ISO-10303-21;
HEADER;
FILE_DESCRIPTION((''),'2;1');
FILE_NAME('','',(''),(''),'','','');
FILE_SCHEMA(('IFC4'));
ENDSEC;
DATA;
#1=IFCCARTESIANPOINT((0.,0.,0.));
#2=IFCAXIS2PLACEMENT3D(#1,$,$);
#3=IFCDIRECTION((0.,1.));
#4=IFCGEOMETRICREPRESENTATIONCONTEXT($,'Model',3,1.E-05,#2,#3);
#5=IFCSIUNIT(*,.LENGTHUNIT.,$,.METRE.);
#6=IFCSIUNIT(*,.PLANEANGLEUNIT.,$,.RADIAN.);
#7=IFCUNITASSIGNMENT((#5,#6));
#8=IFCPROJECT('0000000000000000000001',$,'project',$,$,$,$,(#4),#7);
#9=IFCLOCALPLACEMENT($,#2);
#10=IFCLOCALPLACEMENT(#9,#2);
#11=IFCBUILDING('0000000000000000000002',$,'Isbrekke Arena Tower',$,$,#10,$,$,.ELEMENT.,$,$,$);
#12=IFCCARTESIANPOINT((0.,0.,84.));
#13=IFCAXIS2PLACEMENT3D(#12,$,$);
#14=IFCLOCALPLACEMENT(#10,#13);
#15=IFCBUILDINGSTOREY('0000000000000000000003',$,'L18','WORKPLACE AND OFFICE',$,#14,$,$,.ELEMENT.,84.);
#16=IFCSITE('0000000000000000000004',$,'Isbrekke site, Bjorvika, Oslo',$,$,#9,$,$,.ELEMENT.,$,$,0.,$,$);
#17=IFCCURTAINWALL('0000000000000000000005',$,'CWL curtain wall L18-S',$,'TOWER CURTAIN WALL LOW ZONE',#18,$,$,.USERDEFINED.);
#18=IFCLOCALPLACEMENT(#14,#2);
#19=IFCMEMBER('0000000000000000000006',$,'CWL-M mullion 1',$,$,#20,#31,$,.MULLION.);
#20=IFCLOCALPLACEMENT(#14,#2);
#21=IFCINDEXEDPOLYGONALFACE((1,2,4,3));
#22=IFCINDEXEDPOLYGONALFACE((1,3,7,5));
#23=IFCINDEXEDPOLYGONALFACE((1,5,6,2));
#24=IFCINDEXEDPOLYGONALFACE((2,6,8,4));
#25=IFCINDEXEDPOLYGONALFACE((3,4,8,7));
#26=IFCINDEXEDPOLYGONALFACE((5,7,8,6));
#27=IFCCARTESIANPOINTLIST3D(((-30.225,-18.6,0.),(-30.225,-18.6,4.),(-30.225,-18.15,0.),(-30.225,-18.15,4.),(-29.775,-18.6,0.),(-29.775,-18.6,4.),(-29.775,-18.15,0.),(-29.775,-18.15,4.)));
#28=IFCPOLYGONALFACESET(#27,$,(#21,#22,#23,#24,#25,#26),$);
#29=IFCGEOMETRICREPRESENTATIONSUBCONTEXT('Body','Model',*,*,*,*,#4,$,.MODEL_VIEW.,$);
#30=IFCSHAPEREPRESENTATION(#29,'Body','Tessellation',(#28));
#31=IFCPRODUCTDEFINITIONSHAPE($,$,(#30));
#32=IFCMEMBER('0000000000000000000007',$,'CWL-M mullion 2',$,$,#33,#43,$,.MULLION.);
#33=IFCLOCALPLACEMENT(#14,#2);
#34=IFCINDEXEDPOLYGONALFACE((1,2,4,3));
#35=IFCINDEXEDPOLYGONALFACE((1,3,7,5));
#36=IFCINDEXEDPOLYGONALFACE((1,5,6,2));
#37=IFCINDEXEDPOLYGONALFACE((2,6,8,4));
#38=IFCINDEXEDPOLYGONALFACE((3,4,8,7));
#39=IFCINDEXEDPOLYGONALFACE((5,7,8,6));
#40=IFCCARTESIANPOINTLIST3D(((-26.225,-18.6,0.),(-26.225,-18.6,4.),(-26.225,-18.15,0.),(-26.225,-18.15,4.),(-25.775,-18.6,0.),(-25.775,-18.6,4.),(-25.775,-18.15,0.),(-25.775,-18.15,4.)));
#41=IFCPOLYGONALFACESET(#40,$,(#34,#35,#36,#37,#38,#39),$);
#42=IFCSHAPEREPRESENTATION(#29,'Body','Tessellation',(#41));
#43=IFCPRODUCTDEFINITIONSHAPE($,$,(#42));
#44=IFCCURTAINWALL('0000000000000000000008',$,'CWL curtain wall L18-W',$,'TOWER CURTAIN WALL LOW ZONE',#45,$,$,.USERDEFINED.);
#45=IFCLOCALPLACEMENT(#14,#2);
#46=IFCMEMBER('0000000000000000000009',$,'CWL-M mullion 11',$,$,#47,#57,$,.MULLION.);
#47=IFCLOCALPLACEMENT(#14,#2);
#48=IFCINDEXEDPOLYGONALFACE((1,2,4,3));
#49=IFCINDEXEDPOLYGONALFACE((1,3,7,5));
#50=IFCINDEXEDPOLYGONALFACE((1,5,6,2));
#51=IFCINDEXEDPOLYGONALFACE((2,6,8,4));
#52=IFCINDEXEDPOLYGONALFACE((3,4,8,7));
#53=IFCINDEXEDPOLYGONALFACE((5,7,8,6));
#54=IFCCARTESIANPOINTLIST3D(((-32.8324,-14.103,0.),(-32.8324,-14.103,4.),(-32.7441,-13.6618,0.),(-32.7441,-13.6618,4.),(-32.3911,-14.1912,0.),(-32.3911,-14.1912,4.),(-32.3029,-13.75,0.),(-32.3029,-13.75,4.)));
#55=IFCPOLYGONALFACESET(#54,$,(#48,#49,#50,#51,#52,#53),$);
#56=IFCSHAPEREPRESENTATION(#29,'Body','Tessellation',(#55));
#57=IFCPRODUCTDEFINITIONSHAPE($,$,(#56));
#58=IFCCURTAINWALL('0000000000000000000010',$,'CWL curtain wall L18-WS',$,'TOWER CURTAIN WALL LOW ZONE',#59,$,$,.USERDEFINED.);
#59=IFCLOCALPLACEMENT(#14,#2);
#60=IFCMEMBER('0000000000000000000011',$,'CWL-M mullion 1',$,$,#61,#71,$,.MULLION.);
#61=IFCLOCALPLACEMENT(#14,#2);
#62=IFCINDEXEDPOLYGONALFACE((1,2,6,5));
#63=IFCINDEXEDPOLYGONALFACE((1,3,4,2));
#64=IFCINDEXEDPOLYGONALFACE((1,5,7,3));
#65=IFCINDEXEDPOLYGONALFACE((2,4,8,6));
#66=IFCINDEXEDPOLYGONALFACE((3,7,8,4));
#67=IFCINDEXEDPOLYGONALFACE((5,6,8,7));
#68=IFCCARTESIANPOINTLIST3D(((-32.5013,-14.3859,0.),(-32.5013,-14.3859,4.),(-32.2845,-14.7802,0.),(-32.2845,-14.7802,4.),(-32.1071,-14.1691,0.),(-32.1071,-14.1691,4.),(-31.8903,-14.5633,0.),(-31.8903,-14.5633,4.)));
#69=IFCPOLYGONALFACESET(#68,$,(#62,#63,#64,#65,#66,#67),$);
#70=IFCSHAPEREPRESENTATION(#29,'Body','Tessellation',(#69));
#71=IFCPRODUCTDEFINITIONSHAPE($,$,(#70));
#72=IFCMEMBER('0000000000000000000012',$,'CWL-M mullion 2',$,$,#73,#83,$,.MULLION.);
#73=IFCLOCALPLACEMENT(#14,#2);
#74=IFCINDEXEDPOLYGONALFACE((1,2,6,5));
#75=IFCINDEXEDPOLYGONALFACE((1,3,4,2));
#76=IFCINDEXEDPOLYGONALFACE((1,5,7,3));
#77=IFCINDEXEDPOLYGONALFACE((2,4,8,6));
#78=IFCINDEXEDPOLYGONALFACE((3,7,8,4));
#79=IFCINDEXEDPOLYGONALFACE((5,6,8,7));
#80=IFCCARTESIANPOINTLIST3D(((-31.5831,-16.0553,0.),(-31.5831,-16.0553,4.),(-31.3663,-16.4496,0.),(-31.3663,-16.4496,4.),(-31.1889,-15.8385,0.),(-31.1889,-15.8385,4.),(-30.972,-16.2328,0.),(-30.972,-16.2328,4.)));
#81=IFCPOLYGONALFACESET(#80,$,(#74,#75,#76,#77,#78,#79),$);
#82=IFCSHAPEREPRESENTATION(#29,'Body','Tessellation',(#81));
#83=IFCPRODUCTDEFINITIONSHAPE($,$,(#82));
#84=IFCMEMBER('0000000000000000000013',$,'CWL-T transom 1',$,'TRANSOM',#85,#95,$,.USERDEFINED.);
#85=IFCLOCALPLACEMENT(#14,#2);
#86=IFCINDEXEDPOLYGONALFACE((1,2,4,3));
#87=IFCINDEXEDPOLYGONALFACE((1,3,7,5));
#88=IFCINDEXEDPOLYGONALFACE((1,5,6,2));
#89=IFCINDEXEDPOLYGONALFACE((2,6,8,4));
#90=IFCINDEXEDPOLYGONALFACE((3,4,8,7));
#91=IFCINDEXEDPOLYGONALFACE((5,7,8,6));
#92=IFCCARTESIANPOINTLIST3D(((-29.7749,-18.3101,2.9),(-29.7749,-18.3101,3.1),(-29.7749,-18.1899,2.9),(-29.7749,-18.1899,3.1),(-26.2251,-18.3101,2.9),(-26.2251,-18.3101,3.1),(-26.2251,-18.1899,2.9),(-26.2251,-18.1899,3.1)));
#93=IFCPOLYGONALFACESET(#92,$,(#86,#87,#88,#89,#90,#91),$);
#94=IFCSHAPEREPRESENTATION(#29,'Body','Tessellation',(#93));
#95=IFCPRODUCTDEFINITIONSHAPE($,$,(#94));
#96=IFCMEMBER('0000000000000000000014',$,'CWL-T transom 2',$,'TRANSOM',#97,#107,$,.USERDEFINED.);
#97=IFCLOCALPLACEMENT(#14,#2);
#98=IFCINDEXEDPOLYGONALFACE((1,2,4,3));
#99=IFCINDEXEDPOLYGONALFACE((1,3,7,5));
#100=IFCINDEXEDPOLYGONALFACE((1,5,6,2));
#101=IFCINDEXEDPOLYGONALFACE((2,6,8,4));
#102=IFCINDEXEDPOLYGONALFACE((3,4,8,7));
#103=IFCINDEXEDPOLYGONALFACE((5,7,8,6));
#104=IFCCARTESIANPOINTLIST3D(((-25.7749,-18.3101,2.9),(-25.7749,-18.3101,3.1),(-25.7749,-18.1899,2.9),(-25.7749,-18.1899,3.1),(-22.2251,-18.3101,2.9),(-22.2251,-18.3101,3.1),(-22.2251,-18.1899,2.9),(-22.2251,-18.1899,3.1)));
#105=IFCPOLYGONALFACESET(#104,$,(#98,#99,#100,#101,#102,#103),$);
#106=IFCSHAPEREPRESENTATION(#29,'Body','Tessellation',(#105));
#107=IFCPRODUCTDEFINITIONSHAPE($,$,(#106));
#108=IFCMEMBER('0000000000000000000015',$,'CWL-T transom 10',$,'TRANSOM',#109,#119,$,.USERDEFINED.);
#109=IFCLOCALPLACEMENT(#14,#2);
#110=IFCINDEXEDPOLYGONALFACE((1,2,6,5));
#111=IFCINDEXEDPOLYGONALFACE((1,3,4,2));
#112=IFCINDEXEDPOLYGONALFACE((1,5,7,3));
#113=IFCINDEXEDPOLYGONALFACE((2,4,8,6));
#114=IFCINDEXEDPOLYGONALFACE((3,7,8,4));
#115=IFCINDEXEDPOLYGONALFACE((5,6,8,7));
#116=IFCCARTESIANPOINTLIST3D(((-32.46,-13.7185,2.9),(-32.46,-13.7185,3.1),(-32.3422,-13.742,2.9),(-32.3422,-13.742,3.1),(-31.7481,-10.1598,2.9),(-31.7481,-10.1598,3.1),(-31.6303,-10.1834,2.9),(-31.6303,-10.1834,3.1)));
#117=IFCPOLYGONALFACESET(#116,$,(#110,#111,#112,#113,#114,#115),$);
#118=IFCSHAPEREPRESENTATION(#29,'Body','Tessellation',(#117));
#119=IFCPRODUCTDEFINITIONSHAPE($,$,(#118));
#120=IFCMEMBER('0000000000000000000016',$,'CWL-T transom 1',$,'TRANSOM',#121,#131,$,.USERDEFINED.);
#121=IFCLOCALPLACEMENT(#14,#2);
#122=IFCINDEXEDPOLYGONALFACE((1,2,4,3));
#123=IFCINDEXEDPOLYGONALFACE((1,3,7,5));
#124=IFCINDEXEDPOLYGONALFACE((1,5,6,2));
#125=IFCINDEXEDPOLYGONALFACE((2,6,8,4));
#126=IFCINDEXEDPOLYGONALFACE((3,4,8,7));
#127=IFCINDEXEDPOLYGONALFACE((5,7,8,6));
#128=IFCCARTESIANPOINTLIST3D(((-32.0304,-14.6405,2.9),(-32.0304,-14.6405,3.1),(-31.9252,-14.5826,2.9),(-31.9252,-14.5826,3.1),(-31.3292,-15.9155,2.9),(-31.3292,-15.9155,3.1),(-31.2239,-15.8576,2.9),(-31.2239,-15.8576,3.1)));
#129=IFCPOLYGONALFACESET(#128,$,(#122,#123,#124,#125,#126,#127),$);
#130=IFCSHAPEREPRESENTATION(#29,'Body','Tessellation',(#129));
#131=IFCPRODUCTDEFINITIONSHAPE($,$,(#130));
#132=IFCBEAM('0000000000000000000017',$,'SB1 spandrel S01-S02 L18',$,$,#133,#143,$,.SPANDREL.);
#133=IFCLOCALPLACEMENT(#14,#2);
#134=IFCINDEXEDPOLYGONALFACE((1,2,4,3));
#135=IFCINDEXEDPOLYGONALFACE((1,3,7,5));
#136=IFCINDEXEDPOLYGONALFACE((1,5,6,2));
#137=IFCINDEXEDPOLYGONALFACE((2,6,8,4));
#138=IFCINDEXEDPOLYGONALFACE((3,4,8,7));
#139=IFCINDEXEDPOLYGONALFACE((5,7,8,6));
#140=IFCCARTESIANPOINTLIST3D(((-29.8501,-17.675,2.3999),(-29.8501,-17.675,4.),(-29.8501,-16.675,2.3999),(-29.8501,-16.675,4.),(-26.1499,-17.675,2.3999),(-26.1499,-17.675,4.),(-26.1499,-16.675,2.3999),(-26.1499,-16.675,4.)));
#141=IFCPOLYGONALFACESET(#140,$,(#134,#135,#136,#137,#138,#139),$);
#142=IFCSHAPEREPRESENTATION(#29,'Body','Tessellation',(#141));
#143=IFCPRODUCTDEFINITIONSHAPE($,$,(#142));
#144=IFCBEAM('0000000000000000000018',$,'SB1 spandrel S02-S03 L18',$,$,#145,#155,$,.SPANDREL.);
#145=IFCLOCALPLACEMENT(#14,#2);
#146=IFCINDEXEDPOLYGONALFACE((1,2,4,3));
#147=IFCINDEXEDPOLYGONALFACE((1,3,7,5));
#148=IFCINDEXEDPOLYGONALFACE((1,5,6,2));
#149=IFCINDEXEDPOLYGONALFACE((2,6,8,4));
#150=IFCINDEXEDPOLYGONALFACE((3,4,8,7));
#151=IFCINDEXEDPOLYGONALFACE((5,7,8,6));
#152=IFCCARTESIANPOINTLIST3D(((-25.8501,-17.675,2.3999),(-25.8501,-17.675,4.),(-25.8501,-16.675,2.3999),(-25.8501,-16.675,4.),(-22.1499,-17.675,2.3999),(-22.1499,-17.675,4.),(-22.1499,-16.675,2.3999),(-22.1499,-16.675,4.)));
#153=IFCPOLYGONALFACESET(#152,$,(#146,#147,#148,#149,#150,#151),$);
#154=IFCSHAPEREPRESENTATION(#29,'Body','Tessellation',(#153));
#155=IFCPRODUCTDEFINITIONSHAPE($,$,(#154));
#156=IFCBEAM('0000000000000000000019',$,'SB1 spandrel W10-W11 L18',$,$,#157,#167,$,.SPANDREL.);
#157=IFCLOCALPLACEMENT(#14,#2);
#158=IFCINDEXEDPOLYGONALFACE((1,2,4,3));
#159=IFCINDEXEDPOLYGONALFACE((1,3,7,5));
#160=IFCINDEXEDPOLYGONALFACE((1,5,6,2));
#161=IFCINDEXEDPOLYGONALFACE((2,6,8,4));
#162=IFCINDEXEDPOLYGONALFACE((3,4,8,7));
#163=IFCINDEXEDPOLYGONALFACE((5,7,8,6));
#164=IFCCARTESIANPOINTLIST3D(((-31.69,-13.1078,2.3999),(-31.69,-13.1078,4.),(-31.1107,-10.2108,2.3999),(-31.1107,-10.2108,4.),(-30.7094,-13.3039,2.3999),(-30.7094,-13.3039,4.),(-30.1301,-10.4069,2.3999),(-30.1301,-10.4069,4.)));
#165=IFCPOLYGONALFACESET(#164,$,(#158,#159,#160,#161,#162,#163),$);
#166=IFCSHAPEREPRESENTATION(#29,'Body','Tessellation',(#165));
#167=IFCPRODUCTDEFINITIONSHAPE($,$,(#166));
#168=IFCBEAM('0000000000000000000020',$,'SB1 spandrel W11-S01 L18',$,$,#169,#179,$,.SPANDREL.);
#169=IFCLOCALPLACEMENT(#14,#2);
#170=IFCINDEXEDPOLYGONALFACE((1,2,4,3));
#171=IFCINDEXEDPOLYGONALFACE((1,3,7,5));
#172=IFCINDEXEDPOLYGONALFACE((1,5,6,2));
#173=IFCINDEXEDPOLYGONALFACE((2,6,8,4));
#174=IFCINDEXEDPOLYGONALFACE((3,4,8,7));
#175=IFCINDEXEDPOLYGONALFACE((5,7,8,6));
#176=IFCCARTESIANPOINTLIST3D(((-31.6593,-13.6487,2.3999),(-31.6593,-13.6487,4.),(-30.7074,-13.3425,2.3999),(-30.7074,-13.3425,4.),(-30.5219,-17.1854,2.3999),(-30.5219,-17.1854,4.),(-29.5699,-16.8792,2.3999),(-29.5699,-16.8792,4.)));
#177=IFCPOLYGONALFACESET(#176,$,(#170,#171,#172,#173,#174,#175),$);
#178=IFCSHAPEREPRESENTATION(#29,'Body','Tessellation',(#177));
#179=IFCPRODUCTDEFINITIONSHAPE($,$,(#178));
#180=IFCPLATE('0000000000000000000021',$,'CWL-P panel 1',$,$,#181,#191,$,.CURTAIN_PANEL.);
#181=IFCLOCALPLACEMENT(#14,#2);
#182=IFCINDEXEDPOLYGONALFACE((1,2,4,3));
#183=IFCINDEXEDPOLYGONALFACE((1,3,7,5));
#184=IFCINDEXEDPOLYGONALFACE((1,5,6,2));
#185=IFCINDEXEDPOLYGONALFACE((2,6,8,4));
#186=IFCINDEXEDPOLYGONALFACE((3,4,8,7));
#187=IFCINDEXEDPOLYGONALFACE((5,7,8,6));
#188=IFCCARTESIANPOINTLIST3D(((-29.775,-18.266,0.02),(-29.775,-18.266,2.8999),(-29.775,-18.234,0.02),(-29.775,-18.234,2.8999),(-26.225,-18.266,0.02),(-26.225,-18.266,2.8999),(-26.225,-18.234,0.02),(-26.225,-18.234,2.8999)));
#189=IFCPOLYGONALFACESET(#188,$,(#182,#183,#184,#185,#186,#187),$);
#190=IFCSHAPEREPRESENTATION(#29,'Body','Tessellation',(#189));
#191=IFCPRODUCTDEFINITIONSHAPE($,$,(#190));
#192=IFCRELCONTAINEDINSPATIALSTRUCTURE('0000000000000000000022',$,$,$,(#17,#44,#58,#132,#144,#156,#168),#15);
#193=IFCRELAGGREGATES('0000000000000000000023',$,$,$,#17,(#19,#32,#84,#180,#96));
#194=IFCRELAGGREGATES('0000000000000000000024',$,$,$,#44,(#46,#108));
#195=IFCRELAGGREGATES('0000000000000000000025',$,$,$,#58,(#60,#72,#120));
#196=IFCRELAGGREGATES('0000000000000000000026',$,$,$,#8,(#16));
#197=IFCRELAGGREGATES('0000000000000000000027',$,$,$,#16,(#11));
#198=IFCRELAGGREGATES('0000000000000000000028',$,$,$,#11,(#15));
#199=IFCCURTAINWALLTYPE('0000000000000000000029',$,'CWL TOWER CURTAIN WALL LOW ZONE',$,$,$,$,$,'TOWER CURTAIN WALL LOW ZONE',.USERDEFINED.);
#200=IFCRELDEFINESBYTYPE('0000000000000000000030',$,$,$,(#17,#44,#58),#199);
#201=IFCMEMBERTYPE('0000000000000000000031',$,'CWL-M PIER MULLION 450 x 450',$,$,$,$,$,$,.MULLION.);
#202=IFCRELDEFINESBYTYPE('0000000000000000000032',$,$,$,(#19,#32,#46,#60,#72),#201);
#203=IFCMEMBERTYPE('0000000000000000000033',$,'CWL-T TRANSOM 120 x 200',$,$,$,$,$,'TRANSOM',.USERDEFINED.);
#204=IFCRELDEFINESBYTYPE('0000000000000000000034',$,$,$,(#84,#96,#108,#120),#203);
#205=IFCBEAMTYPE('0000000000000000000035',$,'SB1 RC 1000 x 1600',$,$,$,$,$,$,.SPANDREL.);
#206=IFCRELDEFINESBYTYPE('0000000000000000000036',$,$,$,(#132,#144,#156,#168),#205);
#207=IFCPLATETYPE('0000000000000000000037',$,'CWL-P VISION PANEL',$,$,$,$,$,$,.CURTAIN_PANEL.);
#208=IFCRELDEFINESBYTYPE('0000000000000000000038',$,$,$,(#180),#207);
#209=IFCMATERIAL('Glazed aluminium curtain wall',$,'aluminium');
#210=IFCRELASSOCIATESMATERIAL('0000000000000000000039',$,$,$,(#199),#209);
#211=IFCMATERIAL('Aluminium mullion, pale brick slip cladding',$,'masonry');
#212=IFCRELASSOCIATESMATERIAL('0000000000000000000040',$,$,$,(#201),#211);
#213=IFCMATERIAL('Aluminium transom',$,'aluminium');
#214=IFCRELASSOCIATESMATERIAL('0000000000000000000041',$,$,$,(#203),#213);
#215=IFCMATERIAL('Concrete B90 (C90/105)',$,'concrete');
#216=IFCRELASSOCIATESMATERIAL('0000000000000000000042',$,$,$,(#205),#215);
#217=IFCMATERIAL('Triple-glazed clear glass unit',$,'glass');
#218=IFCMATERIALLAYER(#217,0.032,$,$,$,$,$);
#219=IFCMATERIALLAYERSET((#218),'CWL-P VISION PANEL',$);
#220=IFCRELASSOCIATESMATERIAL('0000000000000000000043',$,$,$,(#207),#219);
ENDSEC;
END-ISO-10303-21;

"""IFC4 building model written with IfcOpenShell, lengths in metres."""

from ifc_helpers import new_model, si_unit, direction, frame, origin, origin_2d, place, context, subcontext, project, spatial, rectangle, extrude, material, layer, layer_set, material_profile, profile_set, type_object, element, aggregate, save


model = new_model("IFC4")

# Units and contexts
model_context = context("Model", 3, precision=1e-05, world=origin(), true_north=direction((0.0, 1.0)))
body_context = subcontext(model_context, "Body", "Model", "MODEL_VIEW")
ifc_project = project(units=[si_unit("LENGTHUNIT", "METRE"), si_unit("PLANEANGLEUNIT", "RADIAN")], contexts=[model_context])

# Site, building, storey
site_placement = place(None, origin())
site = spatial("IfcSite", under=ifc_project, at=site_placement, Name="Isbrekke site, Bjorvika, Oslo", CompositionType="ELEMENT", RefElevation=0.0)
building_placement = place(site_placement, origin())
building = spatial("IfcBuilding", under=site, at=building_placement, Name="Isbrekke Arena Tower", CompositionType="ELEMENT")
storey_placement = place(building_placement, frame((0.0, 0.0, 84.0)))
storey = spatial("IfcBuildingStorey", under=building, at=storey_placement, Name="L18", Description="WORKPLACE AND OFFICE", CompositionType="ELEMENT", Elevation=84.0)

# Curtain wall, members
ifc_material_1 = material(Name="Glazed aluminium curtain wall", Category="aluminium")
curtain_wall_type = type_object("IfcCurtainWallType", Name="CWL TOWER CURTAIN WALL LOW ZONE", ElementType="TOWER CURTAIN WALL LOW ZONE", PredefinedType="USERDEFINED", material=ifc_material_1)
curtain_wall_1_placement = place(storey_placement, origin())
curtain_wall_1 = element("IfcCurtainWall", 1, at=curtain_wall_1_placement, inside=storey, type_object=curtain_wall_type, Name="CWL curtain wall L18-S", ObjectType="TOWER CURTAIN WALL LOW ZONE", PredefinedType="USERDEFINED")
ifc_material_2 = material(Name="Aluminium mullion, pale brick slip cladding", Category="masonry")
ifc_material_profile_1 = material_profile(ifc_material_2, rectangle(XDim=0.45, YDim=0.45, at=origin_2d()), Name="PIER 450X450")
ifc_profile_set_1 = profile_set([ifc_material_profile_1], Name="Aluminium mullion, pale brick slip cladding")
member_type_1 = type_object("IfcMemberType", Name="CWL-M PIER MULLION 450 x 450", PredefinedType="MULLION", material=ifc_profile_set_1)
member_1_placement = place(storey_placement, frame((-30.0, -18.375, 0.0), z_axis=(0.0, 0.0, 1.0), x_axis=(1.0, 0.0, 0.0)))
member_1 = element("IfcMember", 2, at=member_1_placement, type_object=member_type_1, Name="CWL-M mullion 1", PredefinedType="MULLION", context=body_context, shape_type="SweptSolid", body=[
    extrude(rectangle(XDim=0.45, YDim=0.45, at=origin_2d()), origin(), (0.0, 0.0, 1.0), 4.0),
])
member_2_placement = place(storey_placement, frame((-26.0, -18.375, 0.0), z_axis=(0.0, 0.0, 1.0), x_axis=(1.0, 0.0, 0.0)))
member_2 = element("IfcMember", 3, at=member_2_placement, type_object=member_type_1, Name="CWL-M mullion 2", PredefinedType="MULLION", context=body_context, shape_type="SweptSolid", body=[
    extrude(rectangle(XDim=0.45, YDim=0.45, at=origin_2d()), origin(), (0.0, 0.0, 1.0), 4.0),
])

# Curtain wall, member
curtain_wall_2_placement = place(storey_placement, origin())
curtain_wall_2 = element("IfcCurtainWall", 4, at=curtain_wall_2_placement, inside=storey, type_object=curtain_wall_type, Name="CWL curtain wall L18-W", ObjectType="TOWER CURTAIN WALL LOW ZONE", PredefinedType="USERDEFINED")
member_3_placement = place(storey_placement, frame((-32.5676, -13.9265, 0.0), z_axis=(0.0, 0.0, 1.0), x_axis=(-0.196116, -0.980581, 0.0)))
member_3 = element("IfcMember", 5, at=member_3_placement, type_object=member_type_1, Name="CWL-M mullion 11", PredefinedType="MULLION", context=body_context, shape_type="SweptSolid", body=[
    extrude(rectangle(XDim=0.45, YDim=0.45, at=origin_2d()), origin(), (0.0, 0.0, 1.0), 4.0),
])

# Curtain wall, members
curtain_wall_3_placement = place(storey_placement, origin())
curtain_wall_3 = element("IfcCurtainWall", 6, at=curtain_wall_3_placement, inside=storey, type_object=curtain_wall_type, Name="CWL curtain wall L18-WS", ObjectType="TOWER CURTAIN WALL LOW ZONE", PredefinedType="USERDEFINED")
member_4_placement = place(storey_placement, frame((-32.1958, -14.4746, 0.0), z_axis=(0.0, 0.0, 1.0), x_axis=(0.481919, -0.876216, 0.0)))
member_4 = element("IfcMember", 7, at=member_4_placement, type_object=member_type_1, Name="CWL-M mullion 1", PredefinedType="MULLION", context=body_context, shape_type="SweptSolid", body=[
    extrude(rectangle(XDim=0.45, YDim=0.45, at=origin_2d()), origin(), (0.0, 0.0, 1.0), 4.0),
])
member_5_placement = place(storey_placement, frame((-31.2776, -16.144, 0.0), z_axis=(0.0, 0.0, 1.0), x_axis=(0.481919, -0.876216, 0.0)))
member_5 = element("IfcMember", 8, at=member_5_placement, type_object=member_type_1, Name="CWL-M mullion 2", PredefinedType="MULLION", context=body_context, shape_type="SweptSolid", body=[
    extrude(rectangle(XDim=0.45, YDim=0.45, at=origin_2d()), origin(), (0.0, 0.0, 1.0), 4.0),
])

# Members
ifc_material_3 = material(Name="Aluminium transom", Category="aluminium")
ifc_material_profile_2 = material_profile(ifc_material_3, rectangle(XDim=0.1201, YDim=0.2, at=origin_2d()), Name="TRANSOM 120X200")
ifc_profile_set_2 = profile_set([ifc_material_profile_2], Name="Aluminium transom")
member_type_2 = type_object("IfcMemberType", Name="CWL-T TRANSOM 120 x 200", ElementType="TRANSOM", PredefinedType="USERDEFINED", material=ifc_profile_set_2)
member_6_placement = place(storey_placement, frame((-29.7749, -18.25, 3.0), z_axis=(1.0, 0.0, 0.0), x_axis=(0.0, 1.0, 0.0)))
member_6 = element("IfcMember", 9, at=member_6_placement, type_object=member_type_2, Name="CWL-T transom 1", ObjectType="TRANSOM", PredefinedType="USERDEFINED", context=body_context, shape_type="SweptSolid", body=[
    extrude(rectangle(XDim=0.1201, YDim=0.2, at=origin_2d()), origin(), (0.0, 0.0, 1.0), 3.5498),
])
member_7_placement = place(storey_placement, frame((-25.7749, -18.25, 3.0), z_axis=(1.0, 0.0, 0.0), x_axis=(0.0, 1.0, 0.0)))
member_7 = element("IfcMember", 10, at=member_7_placement, type_object=member_type_2, Name="CWL-T transom 2", ObjectType="TRANSOM", PredefinedType="USERDEFINED", context=body_context, shape_type="SweptSolid", body=[
    extrude(rectangle(XDim=0.1201, YDim=0.2, at=origin_2d()), origin(), (0.0, 0.0, 1.0), 3.5498),
])
member_8_placement = place(storey_placement, frame((-31.6892, -10.1716, 3.0), z_axis=(-0.196168, -0.98057, 0.0), x_axis=(0.98057, -0.196168, 0.0)))
member_8 = element("IfcMember", 11, at=member_8_placement, type_object=member_type_2, Name="CWL-T transom 10", ObjectType="TRANSOM", PredefinedType="USERDEFINED", context=body_context, shape_type="SweptSolid", body=[
    extrude(rectangle(XDim=0.1201, YDim=0.2, at=origin_2d()), origin(), (0.0, 0.0, 1.0), 3.6292),
])
member_9_placement = place(storey_placement, frame((-31.9778, -14.6116, 3.0), z_axis=(0.481906, -0.876223, 0.0), x_axis=(0.876223, 0.481906, 0.0)))
member_9 = element("IfcMember", 12, at=member_9_placement, type_object=member_type_2, Name="CWL-T transom 1", ObjectType="TRANSOM", PredefinedType="USERDEFINED", context=body_context, shape_type="SweptSolid", body=[
    extrude(rectangle(XDim=0.1201, YDim=0.2, at=origin_2d()), origin(), (0.0, 0.0, 1.0), 1.4551),
])

# Beams
ifc_material_4 = material(Name="Concrete B90 (C90/105)", Category="concrete")
ifc_material_profile_3 = material_profile(ifc_material_4, rectangle(XDim=1.0, YDim=1.6001, at=origin_2d()), Name="RC 1000x1600")
ifc_profile_set_3 = profile_set([ifc_material_profile_3], Name="Concrete B90 (C90/105)")
beam_type_1 = type_object("IfcBeamType", Name="SB1 RC 1000 x 1600", PredefinedType="SPANDREL", material=ifc_profile_set_3)
for number, where, z_axis, x_axis, name in (
    (13, (-29.8501, -17.175, 3.2), (1.0, 0.0, 0.0), (0.0, 1.0, 0.0), "SB1 spandrel S01-S02 L18"),
    (14, (-25.8501, -17.175, 3.2), (1.0, 0.0, 0.0), (0.0, 1.0, 0.0), "SB1 spandrel S02-S03 L18"),
):
    element("IfcBeam", number, at=place(storey_placement, frame(where, z_axis=z_axis, x_axis=x_axis)), inside=storey, type_object=beam_type_1, Name=name, PredefinedType="SPANDREL", context=body_context, shape_type="SweptSolid", body=[
        extrude(rectangle(XDim=1.0, YDim=1.6001, at=origin_2d()), origin(), (0.0, 0.0, 1.0), 3.7002),
    ])
beam_1_placement = place(storey_placement, frame((-30.6204, -10.3088, 3.2), z_axis=(-0.1961, -0.980584, 0.0), x_axis=(0.980584, -0.1961, 0.0)))
element("IfcBeam", 15, at=beam_1_placement, inside=storey, type_object=beam_type_1, Name="SB1 spandrel W10-W11 L18", PredefinedType="SPANDREL", context=body_context, shape_type="SweptSolid", body=[
    extrude(rectangle(XDim=1.0, YDim=1.6001, at=origin_2d()), origin(), (0.0, 0.0, 1.0), 2.9543),
])
beam_2_placement = place(storey_placement, frame((-31.1833, -13.4956, 3.2), z_axis=(0.306175, -0.951975, 0.0), x_axis=(0.951975, 0.306175, 0.0)))
element("IfcBeam", 16, at=beam_2_placement, inside=storey, type_object=beam_type_1, Name="SB1 spandrel W11-S01 L18", PredefinedType="SPANDREL", context=body_context, shape_type="SweptSolid", body=[
    extrude(rectangle(XDim=1.0, YDim=1.6001, at=origin_2d()), origin(), (0.0, 0.0, 1.0), 3.7151),
])

# Plate
ifc_material_5 = material(Name="Triple-glazed clear glass unit", Category="glass")
ifc_layer_1 = layer(ifc_material_5, 0.032)
ifc_layer_set_1 = layer_set([ifc_layer_1], Name="CWL-P VISION PANEL")
plate_type = type_object("IfcPlateType", Name="CWL-P VISION PANEL", PredefinedType="CURTAIN_PANEL", material=ifc_layer_set_1)
plate_1_placement = place(storey_placement, frame((-28.0, -18.25, 0.02), z_axis=(0.0, 0.0, 1.0), x_axis=(1.0, 0.0, 0.0)))
plate_1 = element("IfcPlate", 17, at=plate_1_placement, type_object=plate_type, Name="CWL-P panel 1", PredefinedType="CURTAIN_PANEL", context=body_context, shape_type="SweptSolid", body=[
    extrude(rectangle(XDim=3.55, YDim=0.032, at=origin_2d()), origin(), (0.0, 0.0, 1.0), 2.8799),
])
aggregate(curtain_wall_1, [member_1, member_2, member_6, plate_1, member_7])
aggregate(curtain_wall_2, [member_3, member_8])
aggregate(curtain_wall_3, [member_4, member_5, member_9])

save(model, "model.ifc")
